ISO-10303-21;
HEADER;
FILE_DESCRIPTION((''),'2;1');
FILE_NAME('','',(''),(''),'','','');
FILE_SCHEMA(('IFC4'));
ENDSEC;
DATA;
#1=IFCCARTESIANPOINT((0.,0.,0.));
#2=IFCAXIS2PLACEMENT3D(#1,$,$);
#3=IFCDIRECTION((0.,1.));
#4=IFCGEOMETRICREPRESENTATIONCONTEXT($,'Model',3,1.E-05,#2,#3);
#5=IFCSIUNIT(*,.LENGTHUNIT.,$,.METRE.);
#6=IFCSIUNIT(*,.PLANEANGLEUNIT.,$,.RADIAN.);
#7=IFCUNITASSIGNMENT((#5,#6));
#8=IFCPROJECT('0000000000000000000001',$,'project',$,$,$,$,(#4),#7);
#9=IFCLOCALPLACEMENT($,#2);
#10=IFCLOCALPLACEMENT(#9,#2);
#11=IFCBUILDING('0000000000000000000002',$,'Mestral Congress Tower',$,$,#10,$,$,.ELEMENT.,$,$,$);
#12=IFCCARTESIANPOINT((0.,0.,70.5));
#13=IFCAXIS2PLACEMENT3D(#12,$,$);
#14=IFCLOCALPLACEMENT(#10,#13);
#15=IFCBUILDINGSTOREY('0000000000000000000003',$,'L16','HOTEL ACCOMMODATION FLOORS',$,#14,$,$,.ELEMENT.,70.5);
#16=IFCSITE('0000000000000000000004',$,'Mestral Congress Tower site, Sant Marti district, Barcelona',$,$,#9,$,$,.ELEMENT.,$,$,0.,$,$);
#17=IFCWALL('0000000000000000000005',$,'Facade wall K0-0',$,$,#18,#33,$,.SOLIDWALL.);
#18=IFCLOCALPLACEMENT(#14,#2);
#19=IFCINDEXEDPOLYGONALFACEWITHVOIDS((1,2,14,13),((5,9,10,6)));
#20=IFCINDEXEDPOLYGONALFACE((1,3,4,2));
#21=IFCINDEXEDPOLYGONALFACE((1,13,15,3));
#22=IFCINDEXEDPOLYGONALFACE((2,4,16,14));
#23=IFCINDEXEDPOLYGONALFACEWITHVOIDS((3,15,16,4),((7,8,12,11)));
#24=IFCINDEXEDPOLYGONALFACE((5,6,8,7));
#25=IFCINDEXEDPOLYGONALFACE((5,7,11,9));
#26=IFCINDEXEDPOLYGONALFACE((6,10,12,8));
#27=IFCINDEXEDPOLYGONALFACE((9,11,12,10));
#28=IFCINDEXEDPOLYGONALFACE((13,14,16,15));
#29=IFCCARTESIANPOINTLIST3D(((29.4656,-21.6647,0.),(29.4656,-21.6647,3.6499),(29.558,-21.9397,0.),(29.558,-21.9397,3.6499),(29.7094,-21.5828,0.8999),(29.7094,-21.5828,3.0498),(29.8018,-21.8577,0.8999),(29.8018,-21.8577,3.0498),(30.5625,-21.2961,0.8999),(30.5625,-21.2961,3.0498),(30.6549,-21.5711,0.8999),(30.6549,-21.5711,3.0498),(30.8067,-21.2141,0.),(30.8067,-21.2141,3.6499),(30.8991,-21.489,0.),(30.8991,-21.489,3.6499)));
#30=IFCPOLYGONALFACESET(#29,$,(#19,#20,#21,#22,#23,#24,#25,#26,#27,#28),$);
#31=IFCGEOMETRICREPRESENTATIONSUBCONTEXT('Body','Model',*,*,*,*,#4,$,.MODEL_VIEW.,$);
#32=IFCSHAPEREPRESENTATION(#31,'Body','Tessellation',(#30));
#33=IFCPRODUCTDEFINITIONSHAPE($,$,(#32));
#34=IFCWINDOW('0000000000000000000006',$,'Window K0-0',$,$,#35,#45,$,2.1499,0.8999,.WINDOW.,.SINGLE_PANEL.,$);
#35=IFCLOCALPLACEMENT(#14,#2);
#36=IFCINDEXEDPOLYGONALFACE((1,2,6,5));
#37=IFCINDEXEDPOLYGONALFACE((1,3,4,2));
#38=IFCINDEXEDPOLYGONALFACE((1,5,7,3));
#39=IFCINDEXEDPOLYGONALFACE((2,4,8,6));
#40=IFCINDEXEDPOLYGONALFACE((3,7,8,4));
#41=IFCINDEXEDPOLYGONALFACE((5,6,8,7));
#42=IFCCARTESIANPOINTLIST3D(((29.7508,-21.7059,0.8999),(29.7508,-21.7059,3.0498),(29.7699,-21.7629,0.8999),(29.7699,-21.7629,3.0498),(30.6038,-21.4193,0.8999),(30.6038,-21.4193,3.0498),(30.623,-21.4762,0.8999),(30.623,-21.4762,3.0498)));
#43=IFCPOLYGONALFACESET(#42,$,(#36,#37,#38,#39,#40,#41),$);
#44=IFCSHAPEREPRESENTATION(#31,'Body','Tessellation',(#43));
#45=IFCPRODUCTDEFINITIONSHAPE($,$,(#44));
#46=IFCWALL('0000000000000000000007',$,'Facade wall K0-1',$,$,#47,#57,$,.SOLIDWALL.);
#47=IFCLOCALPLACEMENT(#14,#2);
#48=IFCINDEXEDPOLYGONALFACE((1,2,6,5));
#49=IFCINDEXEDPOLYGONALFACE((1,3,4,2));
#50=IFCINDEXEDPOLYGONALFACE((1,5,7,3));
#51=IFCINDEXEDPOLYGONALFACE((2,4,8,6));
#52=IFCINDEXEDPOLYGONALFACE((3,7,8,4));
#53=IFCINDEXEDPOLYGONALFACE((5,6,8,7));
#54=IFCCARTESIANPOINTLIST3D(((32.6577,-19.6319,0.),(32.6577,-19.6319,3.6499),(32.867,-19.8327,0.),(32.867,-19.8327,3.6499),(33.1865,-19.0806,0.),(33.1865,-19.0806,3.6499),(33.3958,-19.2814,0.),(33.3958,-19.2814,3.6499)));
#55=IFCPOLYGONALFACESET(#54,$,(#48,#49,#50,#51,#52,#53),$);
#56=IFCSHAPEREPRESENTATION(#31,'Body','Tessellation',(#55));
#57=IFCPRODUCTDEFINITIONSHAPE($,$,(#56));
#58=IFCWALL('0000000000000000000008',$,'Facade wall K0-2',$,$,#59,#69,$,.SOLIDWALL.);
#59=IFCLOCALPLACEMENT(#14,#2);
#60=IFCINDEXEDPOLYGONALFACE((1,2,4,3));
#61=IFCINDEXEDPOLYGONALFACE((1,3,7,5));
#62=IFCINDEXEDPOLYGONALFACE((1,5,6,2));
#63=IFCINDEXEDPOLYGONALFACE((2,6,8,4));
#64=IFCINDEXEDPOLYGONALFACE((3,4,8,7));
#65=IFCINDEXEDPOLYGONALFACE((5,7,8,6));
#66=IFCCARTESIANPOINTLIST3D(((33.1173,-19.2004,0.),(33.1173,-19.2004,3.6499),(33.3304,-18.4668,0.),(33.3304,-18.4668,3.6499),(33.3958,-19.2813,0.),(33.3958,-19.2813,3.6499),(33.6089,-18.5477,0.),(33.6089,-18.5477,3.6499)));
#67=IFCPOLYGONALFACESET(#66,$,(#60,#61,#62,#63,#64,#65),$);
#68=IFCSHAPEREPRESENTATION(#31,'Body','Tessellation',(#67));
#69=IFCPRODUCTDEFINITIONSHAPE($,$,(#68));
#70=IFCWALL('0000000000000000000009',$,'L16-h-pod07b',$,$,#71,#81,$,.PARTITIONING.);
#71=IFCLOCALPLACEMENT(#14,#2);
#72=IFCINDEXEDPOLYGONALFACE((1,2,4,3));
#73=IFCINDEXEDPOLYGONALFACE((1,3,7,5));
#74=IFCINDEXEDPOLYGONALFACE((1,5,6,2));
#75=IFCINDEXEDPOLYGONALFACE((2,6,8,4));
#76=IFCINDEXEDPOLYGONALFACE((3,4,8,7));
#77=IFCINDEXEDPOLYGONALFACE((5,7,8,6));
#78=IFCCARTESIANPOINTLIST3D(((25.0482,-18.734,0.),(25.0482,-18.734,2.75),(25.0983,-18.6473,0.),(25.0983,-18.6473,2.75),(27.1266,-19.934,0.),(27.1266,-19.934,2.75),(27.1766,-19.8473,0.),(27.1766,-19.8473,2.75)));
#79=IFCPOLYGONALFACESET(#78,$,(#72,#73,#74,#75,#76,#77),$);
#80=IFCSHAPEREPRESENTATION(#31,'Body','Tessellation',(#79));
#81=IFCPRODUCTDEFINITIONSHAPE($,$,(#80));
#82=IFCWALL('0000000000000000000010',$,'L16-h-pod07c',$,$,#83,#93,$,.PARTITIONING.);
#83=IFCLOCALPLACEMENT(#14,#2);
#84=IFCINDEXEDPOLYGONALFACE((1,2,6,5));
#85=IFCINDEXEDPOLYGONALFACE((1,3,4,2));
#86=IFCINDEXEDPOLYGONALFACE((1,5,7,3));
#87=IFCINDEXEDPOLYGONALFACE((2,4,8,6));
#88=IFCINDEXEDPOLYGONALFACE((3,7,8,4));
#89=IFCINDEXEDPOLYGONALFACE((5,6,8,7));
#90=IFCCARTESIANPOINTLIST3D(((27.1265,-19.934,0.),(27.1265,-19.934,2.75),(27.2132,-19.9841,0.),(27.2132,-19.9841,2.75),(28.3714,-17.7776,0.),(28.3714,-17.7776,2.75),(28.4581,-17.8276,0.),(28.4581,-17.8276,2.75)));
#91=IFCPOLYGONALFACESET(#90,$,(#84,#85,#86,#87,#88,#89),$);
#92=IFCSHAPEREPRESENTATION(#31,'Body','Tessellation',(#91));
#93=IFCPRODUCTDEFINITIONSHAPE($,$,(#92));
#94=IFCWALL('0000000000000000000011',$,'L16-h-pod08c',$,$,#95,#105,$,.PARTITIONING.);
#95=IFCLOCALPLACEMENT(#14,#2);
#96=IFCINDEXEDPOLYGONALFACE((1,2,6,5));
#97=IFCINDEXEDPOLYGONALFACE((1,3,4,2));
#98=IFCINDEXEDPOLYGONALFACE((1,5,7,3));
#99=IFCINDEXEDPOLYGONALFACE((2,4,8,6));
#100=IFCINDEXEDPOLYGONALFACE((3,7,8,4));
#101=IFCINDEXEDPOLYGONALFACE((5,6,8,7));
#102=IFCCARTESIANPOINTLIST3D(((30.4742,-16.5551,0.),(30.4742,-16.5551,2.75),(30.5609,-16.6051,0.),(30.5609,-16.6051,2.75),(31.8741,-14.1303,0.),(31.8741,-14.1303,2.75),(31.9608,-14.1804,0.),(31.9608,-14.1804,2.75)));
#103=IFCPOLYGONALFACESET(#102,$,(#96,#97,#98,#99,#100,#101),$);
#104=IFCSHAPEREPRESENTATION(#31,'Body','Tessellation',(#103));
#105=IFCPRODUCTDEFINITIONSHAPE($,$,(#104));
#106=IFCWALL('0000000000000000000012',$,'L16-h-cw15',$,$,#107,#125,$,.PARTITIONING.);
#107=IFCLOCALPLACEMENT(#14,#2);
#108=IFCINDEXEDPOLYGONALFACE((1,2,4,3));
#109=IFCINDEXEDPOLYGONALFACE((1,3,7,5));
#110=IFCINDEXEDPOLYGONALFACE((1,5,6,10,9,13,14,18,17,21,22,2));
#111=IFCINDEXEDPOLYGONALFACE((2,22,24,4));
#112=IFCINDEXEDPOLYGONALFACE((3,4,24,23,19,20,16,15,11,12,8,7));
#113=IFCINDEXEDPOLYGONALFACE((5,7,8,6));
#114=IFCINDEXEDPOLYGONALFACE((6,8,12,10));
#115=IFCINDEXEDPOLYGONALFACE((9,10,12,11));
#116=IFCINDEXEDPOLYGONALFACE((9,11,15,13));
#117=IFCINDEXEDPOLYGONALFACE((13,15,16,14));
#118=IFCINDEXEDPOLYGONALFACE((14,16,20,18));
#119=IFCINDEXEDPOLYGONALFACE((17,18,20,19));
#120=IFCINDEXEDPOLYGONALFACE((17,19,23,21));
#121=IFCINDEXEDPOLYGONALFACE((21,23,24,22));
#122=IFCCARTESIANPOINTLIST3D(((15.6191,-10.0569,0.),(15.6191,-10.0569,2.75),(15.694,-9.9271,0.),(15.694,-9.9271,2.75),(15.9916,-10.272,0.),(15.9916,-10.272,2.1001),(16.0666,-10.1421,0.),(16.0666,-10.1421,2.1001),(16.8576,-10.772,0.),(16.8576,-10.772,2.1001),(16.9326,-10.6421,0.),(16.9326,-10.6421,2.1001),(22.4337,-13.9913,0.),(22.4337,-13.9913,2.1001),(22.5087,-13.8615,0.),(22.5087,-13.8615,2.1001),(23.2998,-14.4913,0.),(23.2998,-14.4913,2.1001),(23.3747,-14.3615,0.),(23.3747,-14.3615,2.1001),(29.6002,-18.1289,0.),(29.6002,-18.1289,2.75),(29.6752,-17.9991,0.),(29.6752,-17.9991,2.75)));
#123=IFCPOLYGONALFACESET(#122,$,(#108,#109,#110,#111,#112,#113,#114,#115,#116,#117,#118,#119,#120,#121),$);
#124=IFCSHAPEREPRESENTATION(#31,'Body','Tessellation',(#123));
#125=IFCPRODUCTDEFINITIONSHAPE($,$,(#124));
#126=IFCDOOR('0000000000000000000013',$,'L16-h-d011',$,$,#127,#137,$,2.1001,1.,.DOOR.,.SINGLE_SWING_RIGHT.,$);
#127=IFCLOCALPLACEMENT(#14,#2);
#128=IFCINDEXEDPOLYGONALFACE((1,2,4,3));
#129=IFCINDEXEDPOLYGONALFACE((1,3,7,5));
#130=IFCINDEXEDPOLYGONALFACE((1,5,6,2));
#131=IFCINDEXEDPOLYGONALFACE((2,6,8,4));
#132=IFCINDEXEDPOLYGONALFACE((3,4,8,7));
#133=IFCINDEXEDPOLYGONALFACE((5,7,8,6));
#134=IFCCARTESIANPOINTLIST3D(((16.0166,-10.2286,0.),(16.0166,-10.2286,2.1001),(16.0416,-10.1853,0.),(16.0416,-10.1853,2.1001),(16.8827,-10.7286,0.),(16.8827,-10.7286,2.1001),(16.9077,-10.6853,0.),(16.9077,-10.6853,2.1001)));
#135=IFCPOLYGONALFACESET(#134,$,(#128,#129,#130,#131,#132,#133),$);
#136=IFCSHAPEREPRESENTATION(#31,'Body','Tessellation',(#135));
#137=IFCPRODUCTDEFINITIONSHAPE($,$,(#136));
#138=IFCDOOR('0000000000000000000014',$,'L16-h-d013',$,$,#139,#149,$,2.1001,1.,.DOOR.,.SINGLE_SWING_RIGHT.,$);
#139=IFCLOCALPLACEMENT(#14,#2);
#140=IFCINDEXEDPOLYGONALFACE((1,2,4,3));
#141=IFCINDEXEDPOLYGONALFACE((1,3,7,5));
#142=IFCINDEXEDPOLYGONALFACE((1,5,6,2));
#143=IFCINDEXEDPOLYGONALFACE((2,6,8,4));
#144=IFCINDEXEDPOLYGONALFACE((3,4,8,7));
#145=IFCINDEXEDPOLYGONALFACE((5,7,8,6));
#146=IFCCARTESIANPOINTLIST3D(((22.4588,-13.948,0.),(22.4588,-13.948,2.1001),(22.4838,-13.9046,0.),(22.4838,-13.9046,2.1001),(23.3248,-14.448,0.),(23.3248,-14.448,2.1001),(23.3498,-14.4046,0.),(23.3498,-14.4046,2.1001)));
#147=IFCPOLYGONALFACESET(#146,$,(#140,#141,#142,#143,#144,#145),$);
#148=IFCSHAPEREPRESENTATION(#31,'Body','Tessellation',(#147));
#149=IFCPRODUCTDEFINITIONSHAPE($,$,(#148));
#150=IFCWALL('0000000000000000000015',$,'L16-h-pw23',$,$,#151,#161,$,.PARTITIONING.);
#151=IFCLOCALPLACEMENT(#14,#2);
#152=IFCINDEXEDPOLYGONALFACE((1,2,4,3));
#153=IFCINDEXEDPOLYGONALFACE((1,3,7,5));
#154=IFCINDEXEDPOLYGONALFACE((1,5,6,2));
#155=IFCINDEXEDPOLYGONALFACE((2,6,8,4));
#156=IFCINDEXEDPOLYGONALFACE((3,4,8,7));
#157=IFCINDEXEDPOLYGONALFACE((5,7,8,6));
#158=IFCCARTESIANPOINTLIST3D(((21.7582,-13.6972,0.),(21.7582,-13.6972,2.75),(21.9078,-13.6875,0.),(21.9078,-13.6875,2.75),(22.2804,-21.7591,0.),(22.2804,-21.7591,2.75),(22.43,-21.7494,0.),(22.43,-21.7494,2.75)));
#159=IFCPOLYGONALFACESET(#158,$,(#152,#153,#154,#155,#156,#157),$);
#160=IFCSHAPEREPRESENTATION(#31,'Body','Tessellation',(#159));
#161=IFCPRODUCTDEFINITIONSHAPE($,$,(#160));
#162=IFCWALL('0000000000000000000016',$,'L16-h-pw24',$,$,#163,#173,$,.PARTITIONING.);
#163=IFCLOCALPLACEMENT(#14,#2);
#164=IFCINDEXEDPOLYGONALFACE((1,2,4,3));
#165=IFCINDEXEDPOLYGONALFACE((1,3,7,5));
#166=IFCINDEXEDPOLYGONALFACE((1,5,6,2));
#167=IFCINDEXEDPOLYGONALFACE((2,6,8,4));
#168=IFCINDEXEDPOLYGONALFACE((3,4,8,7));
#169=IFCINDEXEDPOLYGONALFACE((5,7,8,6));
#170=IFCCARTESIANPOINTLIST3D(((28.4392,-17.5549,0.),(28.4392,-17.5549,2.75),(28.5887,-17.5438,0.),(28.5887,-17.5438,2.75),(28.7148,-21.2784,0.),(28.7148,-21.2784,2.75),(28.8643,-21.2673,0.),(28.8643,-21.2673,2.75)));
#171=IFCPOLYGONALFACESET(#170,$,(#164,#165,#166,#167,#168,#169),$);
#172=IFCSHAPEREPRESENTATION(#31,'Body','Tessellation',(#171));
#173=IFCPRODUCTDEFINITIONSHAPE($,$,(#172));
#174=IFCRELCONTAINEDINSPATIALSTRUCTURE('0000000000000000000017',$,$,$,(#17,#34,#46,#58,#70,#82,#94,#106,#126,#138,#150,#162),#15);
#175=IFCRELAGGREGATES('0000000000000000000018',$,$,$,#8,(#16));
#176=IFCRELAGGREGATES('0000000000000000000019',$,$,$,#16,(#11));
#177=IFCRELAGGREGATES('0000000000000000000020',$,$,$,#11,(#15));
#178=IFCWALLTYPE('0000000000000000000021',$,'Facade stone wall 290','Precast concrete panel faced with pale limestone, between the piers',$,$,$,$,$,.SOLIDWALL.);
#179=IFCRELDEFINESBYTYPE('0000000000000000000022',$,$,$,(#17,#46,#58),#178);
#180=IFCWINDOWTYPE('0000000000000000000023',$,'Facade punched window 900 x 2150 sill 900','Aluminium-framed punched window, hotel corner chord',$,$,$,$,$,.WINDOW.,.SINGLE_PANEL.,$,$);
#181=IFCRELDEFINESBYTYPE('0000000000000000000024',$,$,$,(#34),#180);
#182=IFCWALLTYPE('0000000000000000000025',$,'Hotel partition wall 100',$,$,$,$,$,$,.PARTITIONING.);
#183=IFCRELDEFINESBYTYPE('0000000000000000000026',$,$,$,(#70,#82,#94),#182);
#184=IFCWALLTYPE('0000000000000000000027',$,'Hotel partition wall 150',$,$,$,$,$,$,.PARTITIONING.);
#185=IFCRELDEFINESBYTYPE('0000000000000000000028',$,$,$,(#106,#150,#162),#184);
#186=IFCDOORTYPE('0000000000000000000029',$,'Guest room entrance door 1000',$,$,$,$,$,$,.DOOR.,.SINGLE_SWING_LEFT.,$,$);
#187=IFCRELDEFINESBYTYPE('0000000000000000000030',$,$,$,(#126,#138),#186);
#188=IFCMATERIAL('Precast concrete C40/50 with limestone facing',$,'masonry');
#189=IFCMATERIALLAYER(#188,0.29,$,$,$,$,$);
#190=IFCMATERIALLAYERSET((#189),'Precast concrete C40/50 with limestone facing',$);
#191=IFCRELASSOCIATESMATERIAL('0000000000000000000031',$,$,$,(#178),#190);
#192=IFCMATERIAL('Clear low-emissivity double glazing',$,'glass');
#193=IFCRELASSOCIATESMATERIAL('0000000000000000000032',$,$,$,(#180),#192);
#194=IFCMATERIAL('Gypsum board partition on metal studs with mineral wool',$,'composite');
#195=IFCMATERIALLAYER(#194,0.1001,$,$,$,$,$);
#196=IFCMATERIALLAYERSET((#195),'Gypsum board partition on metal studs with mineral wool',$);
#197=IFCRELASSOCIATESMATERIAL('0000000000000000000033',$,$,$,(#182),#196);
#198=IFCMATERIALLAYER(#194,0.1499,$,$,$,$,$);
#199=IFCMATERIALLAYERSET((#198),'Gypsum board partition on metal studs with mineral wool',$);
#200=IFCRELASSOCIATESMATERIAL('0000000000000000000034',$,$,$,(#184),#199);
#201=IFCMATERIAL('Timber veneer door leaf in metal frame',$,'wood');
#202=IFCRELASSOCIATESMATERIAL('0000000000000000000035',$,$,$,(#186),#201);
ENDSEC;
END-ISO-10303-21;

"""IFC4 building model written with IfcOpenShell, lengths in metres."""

from ifc_helpers import new_model, si_unit, direction, frame, frame_2d, origin, place, context, subcontext, project, spatial, rectangle, extrude, material, layer, layer_set, type_object, element, fill, save


model = new_model("IFC4")

# Units and contexts
model_context = context("Model", 3, precision=1e-05, world=origin(), true_north=direction((0.0, 1.0)))
body_context = subcontext(model_context, "Body", "Model", "MODEL_VIEW")
ifc_project = project(units=[si_unit("LENGTHUNIT", "METRE"), si_unit("PLANEANGLEUNIT", "RADIAN")], contexts=[model_context])

# Site, building, storey
site_placement = place(None, origin())
site = spatial("IfcSite", under=ifc_project, at=site_placement, Name="Mestral Congress Tower site, Sant Marti district, Barcelona", CompositionType="ELEMENT", RefElevation=0.0)
building_placement = place(site_placement, origin())
building = spatial("IfcBuilding", under=site, at=building_placement, Name="Mestral Congress Tower", CompositionType="ELEMENT")
storey_placement = place(building_placement, frame((0.0, 0.0, 70.5)))
storey = spatial("IfcBuildingStorey", under=building, at=storey_placement, Name="L16", Description="HOTEL ACCOMMODATION FLOORS", CompositionType="ELEMENT", Elevation=70.5)

# Shared definitions
ifc_material_1 = material(Name="Precast concrete C40/50 with limestone facing", Category="masonry")
ifc_layer_1 = layer(ifc_material_1, 0.29)
ifc_layer_set_1 = layer_set([ifc_layer_1], Name="Precast concrete C40/50 with limestone facing")
wall_type_1 = type_object("IfcWallType", Name="Facade stone wall 290", Description="Precast concrete panel faced with pale limestone, between the piers", PredefinedType="SOLIDWALL", material=ifc_layer_set_1)
ifc_material_2 = material(Name="Clear low-emissivity double glazing", Category="glass")

# Wall, opening, window
wall_1_placement = place(storey_placement, frame((29.5117, -21.8022, 0.0), z_axis=(0.0, 0.0, 1.0), x_axis=(0.947904, 0.318556, 0.0)))
wall_1 = element("IfcWall", 1, at=wall_1_placement, inside=storey, type_object=wall_type_1, Name="Facade wall K0-0", PredefinedType="SOLIDWALL", context=body_context, shape_type="SweptSolid", body=[
    extrude(rectangle(XDim=1.4148, YDim=0.29, at=frame_2d((0.7075, 0.0))), origin(), (0.0, 0.0, 1.0), 3.6499),
])
opening_1_placement = place(wall_1_placement, frame((0.2573, 0.0, 0.8999)))
opening_1 = element("IfcOpeningElement", 2, at=opening_1_placement, cuts=wall_1, PredefinedType="OPENING", context=body_context, shape_type="SweptSolid", body=[
    extrude(rectangle(XDim=0.8999, YDim=2.1499, at=frame_2d((0.45, 1.075))), frame((0.0, 0.155, 0.0), z_axis=(0.0, -1.0, 0.0), x_axis=(1.0, 0.0, 0.0)), (0.0, 0.0, 1.0), 0.3101),
])
window_type_1 = type_object("IfcWindowType", Name="Facade punched window 900 x 2150 sill 900", Description="Aluminium-framed punched window, hotel corner chord", PartitioningType="SINGLE_PANEL", PredefinedType="WINDOW", material=ifc_material_2)
window_1_placement = place(opening_1_placement, origin())
window_1 = element("IfcWindow", 3, at=window_1_placement, inside=storey, type_object=window_type_1, Name="Window K0-0", OverallHeight=2.1499, OverallWidth=0.8999, PartitioningType="SINGLE_PANEL", PredefinedType="WINDOW", context=body_context, shape_type="SweptSolid", body=[
    extrude(rectangle(XDim=0.8999, YDim=2.1499, at=frame_2d((0.45, 1.075))), frame((0.0, 0.0151, 0.0), z_axis=(0.0, -1.0, 0.0), x_axis=(1.0, 0.0, 0.0)), (0.0, 0.0, 1.0), 0.0601),
])
fill(opening_1, window_1)

# Walls
for number, where, z_axis, x_axis, name in (
    (4, (32.7625, -19.7322, 0.0), (0.0, 0.0, 1.0), (0.692252, 0.721656, 0.0), "Facade wall K0-1"),
    (5, (33.2566, -19.2407, 0.0), (0.0, 0.0, 1.0), (0.278981, 0.960297, 0.0), "Facade wall K0-2"),
):
    element("IfcWall", number, at=place(storey_placement, frame(where, z_axis=z_axis, x_axis=x_axis)), inside=storey, type_object=wall_type_1, Name=name, PredefinedType="SOLIDWALL", context=body_context, shape_type="SweptSolid", body=[
        extrude(rectangle(XDim=0.7639, YDim=0.29, at=frame_2d((0.3818, 0.0))), origin(), (0.0, 0.0, 1.0), 3.6499),
    ])
ifc_material_3 = material(Name="Gypsum board partition on metal studs with mineral wool", Category="composite")
ifc_layer_2 = layer(ifc_material_3, 0.1001)
ifc_layer_set_2 = layer_set([ifc_layer_2], Name="Gypsum board partition on metal studs with mineral wool")
wall_type_2 = type_object("IfcWallType", Name="Hotel partition wall 100", PredefinedType="PARTITIONING", material=ifc_layer_set_2)
wall_2_placement = place(storey_placement, frame((25.0732, -18.6907, 0.0), z_axis=(0.0, 0.0, 1.0), x_axis=(0.866025, -0.500001, 0.0)))
element("IfcWall", 6, at=wall_2_placement, inside=storey, type_object=wall_type_2, Name="L16-h-pod07b", PredefinedType="PARTITIONING", context=body_context, shape_type="SweptSolid", body=[
    extrude(rectangle(XDim=2.3999, YDim=0.1001, at=frame_2d((1.2, 0.0))), origin(), (0.0, 0.0, 1.0), 2.75),
])
wall_3_placement = place(storey_placement, frame((28.4148, -17.8025, 0.0), z_axis=(0.0, 0.0, 1.0), x_axis=(-0.499946, -0.866057, 0.0)))
element("IfcWall", 7, at=wall_3_placement, inside=storey, type_object=wall_type_2, Name="L16-h-pod07c", PredefinedType="PARTITIONING", context=body_context, shape_type="SweptSolid", body=[
    extrude(rectangle(XDim=2.49, YDim=0.1001, at=frame_2d((1.2451, 0.0))), origin(), (0.0, 0.0, 1.0), 2.75),
])
wall_4_placement = place(storey_placement, frame((30.5176, -16.5801, 0.0), z_axis=(0.0, 0.0, 1.0), x_axis=(0.499984, 0.866035, 0.0)))
element("IfcWall", 8, at=wall_4_placement, inside=storey, type_object=wall_type_2, Name="L16-h-pod08c", PredefinedType="PARTITIONING", context=body_context, shape_type="SweptSolid", body=[
    extrude(rectangle(XDim=2.7998, YDim=0.1001, at=frame_2d((1.3999, 0.0))), origin(), (0.0, 0.0, 1.0), 2.75),
])

# Wall, openings, doors
ifc_layer_3 = layer(ifc_material_3, 0.1499)
ifc_layer_set_3 = layer_set([ifc_layer_3], Name="Gypsum board partition on metal studs with mineral wool")
wall_type_3 = type_object("IfcWallType", Name="Hotel partition wall 150", PredefinedType="PARTITIONING", material=ifc_layer_set_3)
wall_5_placement = place(storey_placement, frame((29.6377, -18.064, 0.0), z_axis=(0.0, 0.0, 1.0), x_axis=(-0.866026, 0.499999, 0.0)))
wall_5 = element("IfcWall", 9, at=wall_5_placement, inside=storey, type_object=wall_type_3, Name="L16-h-cw15", PredefinedType="PARTITIONING", context=body_context, shape_type="SweptSolid", body=[
    extrude(rectangle(XDim=16.144, YDim=0.1499, at=frame_2d((8.072, 0.0))), origin(), (0.0, 0.0, 1.0), 2.75),
])
opening_2_placement = place(wall_5_placement, frame((14.7139, 0.0, 0.0)))
opening_2 = element("IfcOpeningElement", 10, at=opening_2_placement, cuts=wall_5, PredefinedType="OPENING", context=body_context, shape_type="SweptSolid", body=[
    extrude(rectangle(XDim=1.0, YDim=2.1001, at=frame_2d((0.5, 1.05))), frame((0.0, 0.085, 0.0), z_axis=(0.0, -1.0, 0.0), x_axis=(1.0, 0.0, 0.0)), (0.0, 0.0, 1.0), 0.1699),
])
opening_3_placement = place(wall_5_placement, frame((7.2751, 0.0, 0.0)))
opening_3 = element("IfcOpeningElement", 11, at=opening_3_placement, cuts=wall_5, PredefinedType="OPENING", context=body_context, shape_type="SweptSolid", body=[
    extrude(rectangle(XDim=1.0, YDim=2.1001, at=frame_2d((0.5, 1.05))), frame((0.0, 0.085, 0.0), z_axis=(0.0, -1.0, 0.0), x_axis=(1.0, 0.0, 0.0)), (0.0, 0.0, 1.0), 0.1699),
])
ifc_material_4 = material(Name="Timber veneer door leaf in metal frame", Category="wood")
door_type = type_object("IfcDoorType", Name="Guest room entrance door 1000", OperationType="SINGLE_SWING_LEFT", PredefinedType="DOOR", material=ifc_material_4)
door_1_placement = place(opening_2_placement, origin())
door_1 = element("IfcDoor", 12, at=door_1_placement, inside=storey, type_object=door_type, Name="L16-h-d011", OperationType="SINGLE_SWING_RIGHT", OverallHeight=2.1001, OverallWidth=1.0, PredefinedType="DOOR", context=body_context, shape_type="SweptSolid", body=[
    extrude(rectangle(XDim=1.0, YDim=2.1001, at=frame_2d((0.5, 1.05))), frame((0.0, 0.0249, 0.0), z_axis=(0.0, -1.0, 0.0), x_axis=(1.0, 0.0, 0.0)), (0.0, 0.0, 1.0), 0.05),
])
fill(opening_2, door_1)
door_2_placement = place(opening_3_placement, origin())
door_2 = element("IfcDoor", 13, at=door_2_placement, inside=storey, type_object=door_type, Name="L16-h-d013", OperationType="SINGLE_SWING_RIGHT", OverallHeight=2.1001, OverallWidth=1.0, PredefinedType="DOOR", context=body_context, shape_type="SweptSolid", body=[
    extrude(rectangle(XDim=1.0, YDim=2.1001, at=frame_2d((0.5, 1.05))), frame((0.0, 0.0249, 0.0), z_axis=(0.0, -1.0, 0.0), x_axis=(1.0, 0.0, 0.0)), (0.0, 0.0, 1.0), 0.05),
])
fill(opening_3, door_2)

# Walls
wall_6_placement = place(storey_placement, frame((22.3552, -21.7544, 0.0), z_axis=(0.0, 0.0, 1.0), x_axis=(-0.06464, 0.997909, 0.0)))
element("IfcWall", 14, at=wall_6_placement, inside=storey, type_object=wall_type_3, Name="L16-h-pw23", PredefinedType="PARTITIONING", context=body_context, shape_type="SweptSolid", body=[
    extrude(rectangle(XDim=8.0789, YDim=0.1499, at=frame_2d((4.0396, 0.0))), origin(), (0.0, 0.0, 1.0), 2.75),
])
wall_7_placement = place(storey_placement, frame((28.7896, -21.2727, 0.0), z_axis=(0.0, 0.0, 1.0), x_axis=(-0.073826, 0.997271, 0.0)))
element("IfcWall", 15, at=wall_7_placement, inside=storey, type_object=wall_type_3, Name="L16-h-pw24", PredefinedType="PARTITIONING", context=body_context, shape_type="SweptSolid", body=[
    extrude(rectangle(XDim=3.7336, YDim=0.1499, at=frame_2d((1.8667, 0.0))), origin(), (0.0, 0.0, 1.0), 2.75),
])

save(model, "model.ifc")
